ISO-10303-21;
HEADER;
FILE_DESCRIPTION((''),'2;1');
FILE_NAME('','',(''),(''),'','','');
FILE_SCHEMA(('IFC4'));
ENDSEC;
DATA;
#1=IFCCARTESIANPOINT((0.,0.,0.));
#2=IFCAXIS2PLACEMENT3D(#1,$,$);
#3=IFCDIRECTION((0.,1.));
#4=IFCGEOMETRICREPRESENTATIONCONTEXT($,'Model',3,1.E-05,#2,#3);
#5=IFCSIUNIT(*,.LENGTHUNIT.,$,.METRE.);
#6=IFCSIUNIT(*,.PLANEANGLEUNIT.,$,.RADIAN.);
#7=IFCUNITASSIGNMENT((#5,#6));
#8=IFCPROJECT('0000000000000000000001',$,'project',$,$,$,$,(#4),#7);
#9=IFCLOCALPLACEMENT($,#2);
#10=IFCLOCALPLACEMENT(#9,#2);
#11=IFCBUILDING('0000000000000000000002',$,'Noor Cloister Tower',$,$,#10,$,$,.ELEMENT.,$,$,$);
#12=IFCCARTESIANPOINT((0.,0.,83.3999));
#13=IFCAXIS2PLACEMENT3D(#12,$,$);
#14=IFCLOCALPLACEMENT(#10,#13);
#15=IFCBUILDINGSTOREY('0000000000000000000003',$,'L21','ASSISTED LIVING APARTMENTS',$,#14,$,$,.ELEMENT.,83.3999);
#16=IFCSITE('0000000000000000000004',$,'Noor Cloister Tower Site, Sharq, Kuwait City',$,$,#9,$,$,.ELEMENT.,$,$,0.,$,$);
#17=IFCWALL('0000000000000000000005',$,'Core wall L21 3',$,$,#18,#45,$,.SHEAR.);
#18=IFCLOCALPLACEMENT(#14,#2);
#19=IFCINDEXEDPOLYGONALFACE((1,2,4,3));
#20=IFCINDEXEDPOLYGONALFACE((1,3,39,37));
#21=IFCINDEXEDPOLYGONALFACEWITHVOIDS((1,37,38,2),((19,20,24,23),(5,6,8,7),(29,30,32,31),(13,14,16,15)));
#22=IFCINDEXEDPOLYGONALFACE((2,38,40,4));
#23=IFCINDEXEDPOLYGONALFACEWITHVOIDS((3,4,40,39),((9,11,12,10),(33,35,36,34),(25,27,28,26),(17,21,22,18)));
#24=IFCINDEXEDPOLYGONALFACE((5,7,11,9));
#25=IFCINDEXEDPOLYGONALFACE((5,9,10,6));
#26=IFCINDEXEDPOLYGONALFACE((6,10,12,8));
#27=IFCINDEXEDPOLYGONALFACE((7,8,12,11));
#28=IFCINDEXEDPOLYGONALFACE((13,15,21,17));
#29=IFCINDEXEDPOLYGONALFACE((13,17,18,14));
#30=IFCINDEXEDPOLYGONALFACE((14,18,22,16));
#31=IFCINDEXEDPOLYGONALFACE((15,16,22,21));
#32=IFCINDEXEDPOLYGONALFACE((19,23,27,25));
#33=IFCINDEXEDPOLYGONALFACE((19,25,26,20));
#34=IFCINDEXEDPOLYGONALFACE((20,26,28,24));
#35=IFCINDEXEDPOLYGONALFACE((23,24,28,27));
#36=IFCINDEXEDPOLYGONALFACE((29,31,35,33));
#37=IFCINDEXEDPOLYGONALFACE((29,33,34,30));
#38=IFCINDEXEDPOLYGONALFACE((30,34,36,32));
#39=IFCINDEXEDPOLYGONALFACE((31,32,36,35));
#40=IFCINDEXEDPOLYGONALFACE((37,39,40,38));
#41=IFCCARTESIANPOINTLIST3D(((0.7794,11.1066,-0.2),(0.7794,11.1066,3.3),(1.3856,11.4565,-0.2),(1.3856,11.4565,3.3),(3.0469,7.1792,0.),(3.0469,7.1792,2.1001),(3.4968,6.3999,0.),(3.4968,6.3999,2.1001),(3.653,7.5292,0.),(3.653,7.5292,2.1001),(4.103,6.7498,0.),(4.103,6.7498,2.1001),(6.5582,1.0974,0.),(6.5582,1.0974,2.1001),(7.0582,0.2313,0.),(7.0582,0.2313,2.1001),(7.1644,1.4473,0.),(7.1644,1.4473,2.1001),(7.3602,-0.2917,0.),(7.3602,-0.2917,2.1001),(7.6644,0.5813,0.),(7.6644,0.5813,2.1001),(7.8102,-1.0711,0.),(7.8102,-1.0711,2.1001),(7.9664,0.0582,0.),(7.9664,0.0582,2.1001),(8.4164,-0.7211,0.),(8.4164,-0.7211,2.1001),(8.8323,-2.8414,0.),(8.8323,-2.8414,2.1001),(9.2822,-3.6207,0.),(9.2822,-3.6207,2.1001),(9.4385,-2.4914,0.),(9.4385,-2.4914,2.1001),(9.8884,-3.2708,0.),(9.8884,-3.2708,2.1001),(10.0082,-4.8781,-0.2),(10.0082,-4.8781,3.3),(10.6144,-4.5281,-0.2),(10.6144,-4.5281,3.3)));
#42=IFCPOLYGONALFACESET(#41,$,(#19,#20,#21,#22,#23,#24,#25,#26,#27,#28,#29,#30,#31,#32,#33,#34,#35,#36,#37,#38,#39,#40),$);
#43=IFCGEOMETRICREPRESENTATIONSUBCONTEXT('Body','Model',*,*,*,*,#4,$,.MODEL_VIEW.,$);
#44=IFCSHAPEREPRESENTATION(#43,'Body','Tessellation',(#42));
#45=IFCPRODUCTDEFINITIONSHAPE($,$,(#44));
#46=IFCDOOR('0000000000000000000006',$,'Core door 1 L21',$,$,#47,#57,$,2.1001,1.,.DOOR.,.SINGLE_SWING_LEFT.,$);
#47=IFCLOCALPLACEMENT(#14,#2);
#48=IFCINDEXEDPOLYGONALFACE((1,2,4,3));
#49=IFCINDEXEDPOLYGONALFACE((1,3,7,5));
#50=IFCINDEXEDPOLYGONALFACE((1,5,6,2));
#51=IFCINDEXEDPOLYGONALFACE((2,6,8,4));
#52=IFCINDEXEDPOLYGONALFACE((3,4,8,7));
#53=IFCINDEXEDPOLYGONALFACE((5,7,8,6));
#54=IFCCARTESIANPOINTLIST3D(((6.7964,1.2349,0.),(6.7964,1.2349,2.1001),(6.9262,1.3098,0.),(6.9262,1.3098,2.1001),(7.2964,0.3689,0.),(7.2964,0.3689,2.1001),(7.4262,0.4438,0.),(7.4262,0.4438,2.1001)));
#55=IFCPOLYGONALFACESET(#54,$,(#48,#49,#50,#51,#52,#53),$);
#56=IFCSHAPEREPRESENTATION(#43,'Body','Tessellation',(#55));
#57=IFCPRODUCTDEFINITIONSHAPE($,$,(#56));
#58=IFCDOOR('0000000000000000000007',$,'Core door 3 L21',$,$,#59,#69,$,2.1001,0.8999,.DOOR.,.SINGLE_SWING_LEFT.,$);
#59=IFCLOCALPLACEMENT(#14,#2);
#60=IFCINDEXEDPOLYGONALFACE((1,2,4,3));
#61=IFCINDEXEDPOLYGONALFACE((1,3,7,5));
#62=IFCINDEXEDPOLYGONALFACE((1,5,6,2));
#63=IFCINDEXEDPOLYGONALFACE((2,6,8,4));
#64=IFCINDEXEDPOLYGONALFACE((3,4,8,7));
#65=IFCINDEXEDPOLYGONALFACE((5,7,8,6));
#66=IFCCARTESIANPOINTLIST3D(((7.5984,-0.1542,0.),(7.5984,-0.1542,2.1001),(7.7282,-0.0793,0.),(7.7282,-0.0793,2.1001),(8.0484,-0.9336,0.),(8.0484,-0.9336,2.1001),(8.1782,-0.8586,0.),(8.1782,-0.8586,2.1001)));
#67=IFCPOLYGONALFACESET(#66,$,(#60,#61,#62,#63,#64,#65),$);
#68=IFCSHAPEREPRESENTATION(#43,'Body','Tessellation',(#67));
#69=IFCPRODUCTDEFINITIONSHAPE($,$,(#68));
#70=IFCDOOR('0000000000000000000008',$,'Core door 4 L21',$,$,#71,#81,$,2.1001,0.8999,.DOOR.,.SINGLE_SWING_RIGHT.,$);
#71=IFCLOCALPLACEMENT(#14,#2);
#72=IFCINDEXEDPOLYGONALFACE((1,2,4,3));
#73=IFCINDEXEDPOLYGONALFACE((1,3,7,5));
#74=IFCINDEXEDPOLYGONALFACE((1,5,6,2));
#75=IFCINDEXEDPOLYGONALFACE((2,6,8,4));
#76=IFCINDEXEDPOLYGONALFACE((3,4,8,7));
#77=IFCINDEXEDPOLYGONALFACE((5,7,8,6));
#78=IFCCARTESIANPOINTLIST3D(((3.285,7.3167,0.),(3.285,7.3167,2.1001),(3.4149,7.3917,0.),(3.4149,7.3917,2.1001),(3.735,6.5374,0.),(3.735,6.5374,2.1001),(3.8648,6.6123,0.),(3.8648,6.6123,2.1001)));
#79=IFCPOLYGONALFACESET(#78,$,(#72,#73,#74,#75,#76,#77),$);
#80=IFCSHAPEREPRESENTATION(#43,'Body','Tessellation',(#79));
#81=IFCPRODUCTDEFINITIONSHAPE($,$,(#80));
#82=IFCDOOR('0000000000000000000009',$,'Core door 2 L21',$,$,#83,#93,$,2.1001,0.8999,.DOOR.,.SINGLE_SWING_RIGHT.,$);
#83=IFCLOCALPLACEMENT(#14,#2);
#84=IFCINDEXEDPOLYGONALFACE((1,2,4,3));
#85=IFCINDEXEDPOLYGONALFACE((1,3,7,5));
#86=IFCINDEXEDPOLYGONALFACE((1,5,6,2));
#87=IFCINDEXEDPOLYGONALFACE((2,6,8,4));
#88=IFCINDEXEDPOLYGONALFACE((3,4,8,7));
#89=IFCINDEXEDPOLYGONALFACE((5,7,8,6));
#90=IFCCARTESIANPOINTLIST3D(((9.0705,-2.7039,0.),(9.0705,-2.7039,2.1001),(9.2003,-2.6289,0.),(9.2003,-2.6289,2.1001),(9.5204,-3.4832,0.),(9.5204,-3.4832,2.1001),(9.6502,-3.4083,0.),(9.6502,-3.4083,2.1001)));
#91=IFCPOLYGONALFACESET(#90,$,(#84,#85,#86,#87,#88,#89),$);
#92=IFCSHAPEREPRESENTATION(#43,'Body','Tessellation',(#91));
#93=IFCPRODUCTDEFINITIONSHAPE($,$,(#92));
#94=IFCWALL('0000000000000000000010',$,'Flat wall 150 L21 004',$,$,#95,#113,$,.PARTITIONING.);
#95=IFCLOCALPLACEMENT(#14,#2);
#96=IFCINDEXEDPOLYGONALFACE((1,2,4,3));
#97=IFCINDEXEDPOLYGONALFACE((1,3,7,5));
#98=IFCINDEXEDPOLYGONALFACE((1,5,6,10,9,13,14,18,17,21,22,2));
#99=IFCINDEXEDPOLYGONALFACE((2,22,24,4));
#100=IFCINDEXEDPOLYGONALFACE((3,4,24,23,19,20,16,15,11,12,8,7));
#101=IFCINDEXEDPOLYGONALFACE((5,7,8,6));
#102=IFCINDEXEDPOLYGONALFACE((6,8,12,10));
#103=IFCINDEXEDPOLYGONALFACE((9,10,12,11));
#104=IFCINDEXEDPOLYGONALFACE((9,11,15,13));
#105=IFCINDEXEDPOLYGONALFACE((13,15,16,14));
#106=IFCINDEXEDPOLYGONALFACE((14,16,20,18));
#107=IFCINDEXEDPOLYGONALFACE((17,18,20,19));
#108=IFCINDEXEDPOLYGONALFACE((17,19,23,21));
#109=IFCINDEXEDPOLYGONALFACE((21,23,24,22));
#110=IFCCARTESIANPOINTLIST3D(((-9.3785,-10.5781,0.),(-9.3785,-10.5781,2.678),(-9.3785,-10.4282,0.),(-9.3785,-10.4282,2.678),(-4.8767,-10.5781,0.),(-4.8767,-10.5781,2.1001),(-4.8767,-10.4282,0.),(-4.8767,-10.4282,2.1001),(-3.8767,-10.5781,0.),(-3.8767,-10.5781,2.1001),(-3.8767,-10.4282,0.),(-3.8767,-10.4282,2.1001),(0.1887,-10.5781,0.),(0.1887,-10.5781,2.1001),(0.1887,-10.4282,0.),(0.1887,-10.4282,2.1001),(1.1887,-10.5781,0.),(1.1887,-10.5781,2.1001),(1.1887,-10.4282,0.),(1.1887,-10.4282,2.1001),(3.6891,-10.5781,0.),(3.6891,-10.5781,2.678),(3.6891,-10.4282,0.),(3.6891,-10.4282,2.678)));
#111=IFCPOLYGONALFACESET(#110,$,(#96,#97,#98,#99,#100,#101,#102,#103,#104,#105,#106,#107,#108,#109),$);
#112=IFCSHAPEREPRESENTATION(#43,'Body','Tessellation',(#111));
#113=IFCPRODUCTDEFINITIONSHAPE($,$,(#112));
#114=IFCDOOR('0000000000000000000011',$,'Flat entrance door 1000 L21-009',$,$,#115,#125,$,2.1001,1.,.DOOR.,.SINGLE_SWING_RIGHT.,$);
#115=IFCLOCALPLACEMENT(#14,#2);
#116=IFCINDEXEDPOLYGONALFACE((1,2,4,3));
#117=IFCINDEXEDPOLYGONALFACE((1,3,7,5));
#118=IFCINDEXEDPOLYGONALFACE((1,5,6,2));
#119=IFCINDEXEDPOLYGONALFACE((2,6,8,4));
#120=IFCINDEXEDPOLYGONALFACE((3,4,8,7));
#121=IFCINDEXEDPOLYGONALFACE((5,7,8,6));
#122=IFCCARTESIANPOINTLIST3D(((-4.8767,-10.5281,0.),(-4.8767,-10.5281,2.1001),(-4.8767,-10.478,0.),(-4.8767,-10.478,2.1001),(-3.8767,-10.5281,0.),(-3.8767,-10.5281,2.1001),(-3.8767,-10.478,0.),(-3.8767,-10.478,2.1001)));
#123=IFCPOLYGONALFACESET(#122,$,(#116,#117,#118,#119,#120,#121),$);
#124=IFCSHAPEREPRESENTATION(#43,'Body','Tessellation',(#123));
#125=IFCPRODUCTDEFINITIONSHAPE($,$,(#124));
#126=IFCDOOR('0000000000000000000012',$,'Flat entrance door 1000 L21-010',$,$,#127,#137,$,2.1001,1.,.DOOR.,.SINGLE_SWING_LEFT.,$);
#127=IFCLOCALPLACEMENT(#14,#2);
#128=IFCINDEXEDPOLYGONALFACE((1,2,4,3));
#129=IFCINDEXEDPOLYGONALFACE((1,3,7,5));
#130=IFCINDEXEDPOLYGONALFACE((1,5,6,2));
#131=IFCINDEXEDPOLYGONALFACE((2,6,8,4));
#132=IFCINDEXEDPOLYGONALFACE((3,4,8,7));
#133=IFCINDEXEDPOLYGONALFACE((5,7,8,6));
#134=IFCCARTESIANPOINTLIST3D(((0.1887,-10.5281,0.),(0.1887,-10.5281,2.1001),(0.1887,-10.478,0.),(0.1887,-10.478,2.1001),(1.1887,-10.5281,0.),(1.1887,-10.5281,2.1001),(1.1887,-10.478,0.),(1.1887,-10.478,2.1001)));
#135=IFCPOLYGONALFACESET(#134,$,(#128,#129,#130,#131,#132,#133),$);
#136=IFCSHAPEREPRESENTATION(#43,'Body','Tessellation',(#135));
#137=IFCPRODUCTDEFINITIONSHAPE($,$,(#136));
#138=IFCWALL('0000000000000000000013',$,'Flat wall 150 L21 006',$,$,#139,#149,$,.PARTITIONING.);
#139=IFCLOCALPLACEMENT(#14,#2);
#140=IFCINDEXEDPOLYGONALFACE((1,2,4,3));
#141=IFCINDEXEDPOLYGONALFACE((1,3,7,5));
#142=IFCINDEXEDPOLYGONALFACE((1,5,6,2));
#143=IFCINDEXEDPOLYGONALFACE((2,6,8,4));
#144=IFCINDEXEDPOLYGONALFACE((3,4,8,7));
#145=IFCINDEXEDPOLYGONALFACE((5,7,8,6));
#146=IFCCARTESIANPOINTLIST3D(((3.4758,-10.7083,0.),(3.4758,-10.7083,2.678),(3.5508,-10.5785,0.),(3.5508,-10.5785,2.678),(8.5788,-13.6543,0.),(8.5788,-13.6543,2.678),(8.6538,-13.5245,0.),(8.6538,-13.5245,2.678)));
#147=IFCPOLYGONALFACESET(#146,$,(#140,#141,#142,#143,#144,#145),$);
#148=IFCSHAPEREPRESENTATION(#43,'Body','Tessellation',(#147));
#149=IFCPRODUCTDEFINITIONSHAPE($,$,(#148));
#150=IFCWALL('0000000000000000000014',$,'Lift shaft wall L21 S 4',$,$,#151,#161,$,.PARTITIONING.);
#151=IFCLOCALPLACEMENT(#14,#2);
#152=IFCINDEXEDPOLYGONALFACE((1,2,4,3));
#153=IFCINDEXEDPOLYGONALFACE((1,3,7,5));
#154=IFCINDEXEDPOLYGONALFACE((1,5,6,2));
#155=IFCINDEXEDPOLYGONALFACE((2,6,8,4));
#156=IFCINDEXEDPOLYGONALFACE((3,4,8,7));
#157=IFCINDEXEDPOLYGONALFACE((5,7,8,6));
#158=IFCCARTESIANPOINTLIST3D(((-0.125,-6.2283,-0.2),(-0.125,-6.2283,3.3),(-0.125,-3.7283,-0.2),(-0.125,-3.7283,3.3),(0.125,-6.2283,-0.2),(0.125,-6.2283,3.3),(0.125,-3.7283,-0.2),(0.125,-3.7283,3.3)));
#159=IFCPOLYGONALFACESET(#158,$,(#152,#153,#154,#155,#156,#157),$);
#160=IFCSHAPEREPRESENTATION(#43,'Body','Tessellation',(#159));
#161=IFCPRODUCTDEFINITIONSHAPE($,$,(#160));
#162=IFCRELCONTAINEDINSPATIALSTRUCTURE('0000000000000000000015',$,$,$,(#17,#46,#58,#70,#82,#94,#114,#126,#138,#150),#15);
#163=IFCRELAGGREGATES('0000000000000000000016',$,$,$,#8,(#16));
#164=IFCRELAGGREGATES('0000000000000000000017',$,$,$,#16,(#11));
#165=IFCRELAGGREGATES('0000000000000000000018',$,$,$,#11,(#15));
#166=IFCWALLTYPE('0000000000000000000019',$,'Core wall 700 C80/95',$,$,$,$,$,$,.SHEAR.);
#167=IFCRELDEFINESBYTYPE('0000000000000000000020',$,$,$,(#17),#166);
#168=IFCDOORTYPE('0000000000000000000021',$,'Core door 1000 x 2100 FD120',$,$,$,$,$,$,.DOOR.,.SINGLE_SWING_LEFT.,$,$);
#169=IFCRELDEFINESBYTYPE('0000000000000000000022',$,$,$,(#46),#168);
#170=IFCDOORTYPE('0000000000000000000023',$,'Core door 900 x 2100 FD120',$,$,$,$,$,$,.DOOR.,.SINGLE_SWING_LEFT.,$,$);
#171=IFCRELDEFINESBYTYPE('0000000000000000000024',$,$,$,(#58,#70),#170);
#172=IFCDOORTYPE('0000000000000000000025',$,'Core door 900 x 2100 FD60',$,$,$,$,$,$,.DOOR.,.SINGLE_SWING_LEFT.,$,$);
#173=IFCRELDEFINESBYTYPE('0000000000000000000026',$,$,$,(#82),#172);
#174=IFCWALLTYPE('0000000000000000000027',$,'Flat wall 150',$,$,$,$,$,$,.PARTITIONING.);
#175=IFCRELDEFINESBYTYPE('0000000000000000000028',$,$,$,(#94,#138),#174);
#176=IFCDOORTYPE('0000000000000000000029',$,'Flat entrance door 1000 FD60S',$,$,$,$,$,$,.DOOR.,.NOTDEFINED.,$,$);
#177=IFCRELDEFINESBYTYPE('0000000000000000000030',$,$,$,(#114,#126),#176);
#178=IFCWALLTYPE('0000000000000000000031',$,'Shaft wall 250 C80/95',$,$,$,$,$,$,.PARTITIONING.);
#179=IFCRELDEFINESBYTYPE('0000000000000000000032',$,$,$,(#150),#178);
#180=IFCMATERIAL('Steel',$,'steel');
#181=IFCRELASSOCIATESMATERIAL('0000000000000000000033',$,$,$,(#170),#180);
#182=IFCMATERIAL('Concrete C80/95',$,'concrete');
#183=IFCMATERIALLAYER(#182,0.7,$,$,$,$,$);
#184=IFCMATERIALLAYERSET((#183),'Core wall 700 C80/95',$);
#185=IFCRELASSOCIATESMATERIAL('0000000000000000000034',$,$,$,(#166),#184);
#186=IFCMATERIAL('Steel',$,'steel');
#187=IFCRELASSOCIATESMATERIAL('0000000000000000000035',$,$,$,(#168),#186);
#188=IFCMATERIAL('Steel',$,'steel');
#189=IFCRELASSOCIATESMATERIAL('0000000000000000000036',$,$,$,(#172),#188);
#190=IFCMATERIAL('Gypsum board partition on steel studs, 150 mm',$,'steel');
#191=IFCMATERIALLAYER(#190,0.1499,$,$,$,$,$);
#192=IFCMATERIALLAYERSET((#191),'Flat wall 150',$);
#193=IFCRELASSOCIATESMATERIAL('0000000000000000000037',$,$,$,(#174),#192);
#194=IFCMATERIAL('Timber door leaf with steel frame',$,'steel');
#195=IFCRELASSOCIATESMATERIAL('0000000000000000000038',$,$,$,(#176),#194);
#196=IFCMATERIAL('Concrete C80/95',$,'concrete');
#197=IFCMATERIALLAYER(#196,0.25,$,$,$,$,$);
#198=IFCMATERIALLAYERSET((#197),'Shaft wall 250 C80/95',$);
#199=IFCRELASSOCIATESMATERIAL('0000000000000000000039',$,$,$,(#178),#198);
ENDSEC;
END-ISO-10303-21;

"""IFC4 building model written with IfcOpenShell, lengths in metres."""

from ifc_helpers import new_model, si_unit, direction, frame, frame_2d, origin, place, context, subcontext, project, spatial, rectangle, extrude, material, layer, layer_set, type_object, element, fill, save


model = new_model("IFC4")

# Units and contexts
model_context = context("Model", 3, precision=1e-05, world=origin(), true_north=direction((0.0, 1.0)))
body_context = subcontext(model_context, "Body", "Model", "MODEL_VIEW")
ifc_project = project(units=[si_unit("LENGTHUNIT", "METRE"), si_unit("PLANEANGLEUNIT", "RADIAN")], contexts=[model_context])

# Site, building, storey
site_placement = place(None, origin())
site = spatial("IfcSite", under=ifc_project, at=site_placement, Name="Noor Cloister Tower Site, Sharq, Kuwait City", CompositionType="ELEMENT", RefElevation=0.0)
building_placement = place(site_placement, origin())
building = spatial("IfcBuilding", under=site, at=building_placement, Name="Noor Cloister Tower", CompositionType="ELEMENT")
storey_placement = place(building_placement, frame((0.0, 0.0, 83.3999)))
storey = spatial("IfcBuildingStorey", under=building, at=storey_placement, Name="L21", Description="ASSISTED LIVING APARTMENTS", CompositionType="ELEMENT", Elevation=83.3999)

# Shared definitions
ifc_material_1 = material(Name="Steel", Category="steel")
door_type_1 = type_object("IfcDoorType", Name="Core door 900 x 2100 FD120", OperationType="SINGLE_SWING_LEFT", PredefinedType="DOOR", material=ifc_material_1)

# Shared definitions
ifc_material_2 = material(Name="Concrete C80/95", Category="concrete")
ifc_layer_1 = layer(ifc_material_2, 0.7)
ifc_layer_set_1 = layer_set([ifc_layer_1], Name="Core wall 700 C80/95")
wall_type_1 = type_object("IfcWallType", Name="Core wall 700 C80/95", PredefinedType="SHEAR", material=ifc_layer_set_1)

# Walls, openings, doors
wall_1_placement = place(storey_placement, frame((10.3113, -4.7031, -0.2), z_axis=(0.0, 0.0, 1.0), x_axis=(-0.500001, 0.866025, 0.0)))
wall_1 = element("IfcWall", 1, at=wall_1_placement, inside=storey, type_object=wall_type_1, Name="Core wall L21 3", PredefinedType="SHEAR", context=body_context, shape_type="SweptSolid", body=[
    extrude(rectangle(XDim=18.4575, YDim=0.7, at=frame_2d((9.2288, 0.0))), origin(), (0.0, 0.0, 1.0), 3.5),
])
opening_1_placement = place(wall_1_placement, frame((5.8999, 0.0, 0.2)))
opening_1 = element("IfcOpeningElement", 2, at=opening_1_placement, cuts=wall_1, PredefinedType="OPENING", context=body_context, shape_type="SweptSolid", body=[
    extrude(rectangle(XDim=1.0, YDim=2.1001, at=frame_2d((0.5, 1.05))), frame((0.0, 0.3599, 0.0), z_axis=(0.0, -1.0, 0.0), x_axis=(1.0, 0.0, 0.0)), (0.0, 0.0, 1.0), 0.72),
])
opening_2_placement = place(wall_1_placement, frame((1.4519, 0.0, 0.2)))
opening_2 = element("IfcOpeningElement", 3, at=opening_2_placement, cuts=wall_1, PredefinedType="OPENING", context=body_context, shape_type="SweptSolid", body=[
    extrude(rectangle(XDim=0.8999, YDim=2.1001, at=frame_2d((0.45, 1.05))), frame((0.0, 0.3599, 0.0), z_axis=(0.0, -1.0, 0.0), x_axis=(1.0, 0.0, 0.0)), (0.0, 0.0, 1.0), 0.72),
])
opening_3_placement = place(wall_1_placement, frame((4.396, 0.0, 0.2)))
opening_3 = element("IfcOpeningElement", 4, at=opening_3_placement, cuts=wall_1, PredefinedType="OPENING", context=body_context, shape_type="SweptSolid", body=[
    extrude(rectangle(XDim=0.8999, YDim=2.1001, at=frame_2d((0.45, 1.05))), frame((0.0, 0.3599, 0.0), z_axis=(0.0, -1.0, 0.0), x_axis=(1.0, 0.0, 0.0)), (0.0, 0.0, 1.0), 0.72),
])
opening_4_placement = place(wall_1_placement, frame((13.0227, 0.0, 0.2)))
opening_4 = element("IfcOpeningElement", 5, at=opening_4_placement, cuts=wall_1, PredefinedType="OPENING", context=body_context, shape_type="SweptSolid", body=[
    extrude(rectangle(XDim=0.8999, YDim=2.1001, at=frame_2d((0.45, 1.05))), frame((0.0, 0.3599, 0.0), z_axis=(0.0, -1.0, 0.0), x_axis=(1.0, 0.0, 0.0)), (0.0, 0.0, 1.0), 0.72),
])
ifc_material_3 = material(Name="Steel", Category="steel")
door_type_2 = type_object("IfcDoorType", Name="Core door 1000 x 2100 FD120", OperationType="SINGLE_SWING_LEFT", PredefinedType="DOOR", material=ifc_material_3)
door_1_placement = place(opening_1_placement, origin())
door_1 = element("IfcDoor", 6, at=door_1_placement, inside=storey, type_object=door_type_2, Name="Core door 1 L21", OperationType="SINGLE_SWING_LEFT", OverallHeight=2.1001, OverallWidth=1.0, PredefinedType="DOOR", context=body_context, shape_type="SweptSolid", body=[
    extrude(rectangle(XDim=1.0, YDim=2.1001, at=frame_2d((0.5, 1.05))), frame((0.0, 0.075, 0.0), z_axis=(0.0, -1.0, 0.0), x_axis=(1.0, 0.0, 0.0)), (0.0, 0.0, 1.0), 0.1499),
])
fill(opening_1, door_1)
door_2_placement = place(opening_3_placement, origin())
door_2 = element("IfcDoor", 7, at=door_2_placement, inside=storey, type_object=door_type_1, Name="Core door 3 L21", OperationType="SINGLE_SWING_LEFT", OverallHeight=2.1001, OverallWidth=0.8999, PredefinedType="DOOR", context=body_context, shape_type="SweptSolid", body=[
    extrude(rectangle(XDim=0.8999, YDim=2.1001, at=frame_2d((0.45, 1.05))), frame((0.0, 0.075, 0.0), z_axis=(0.0, -1.0, 0.0), x_axis=(1.0, 0.0, 0.0)), (0.0, 0.0, 1.0), 0.1499),
])
fill(opening_3, door_2)
door_3_placement = place(opening_4_placement, origin())
door_3 = element("IfcDoor", 8, at=door_3_placement, inside=storey, type_object=door_type_1, Name="Core door 4 L21", OperationType="SINGLE_SWING_RIGHT", OverallHeight=2.1001, OverallWidth=0.8999, PredefinedType="DOOR", context=body_context, shape_type="SweptSolid", body=[
    extrude(rectangle(XDim=0.8999, YDim=2.1001, at=frame_2d((0.45, 1.05))), frame((0.0, 0.075, 0.0), z_axis=(0.0, -1.0, 0.0), x_axis=(1.0, 0.0, 0.0)), (0.0, 0.0, 1.0), 0.1499),
])
fill(opening_4, door_3)
ifc_material_4 = material(Name="Steel", Category="steel")
door_type_3 = type_object("IfcDoorType", Name="Core door 900 x 2100 FD60", OperationType="SINGLE_SWING_LEFT", PredefinedType="DOOR", material=ifc_material_4)
door_4_placement = place(opening_2_placement, origin())
door_4 = element("IfcDoor", 9, at=door_4_placement, inside=storey, type_object=door_type_3, Name="Core door 2 L21", OperationType="SINGLE_SWING_RIGHT", OverallHeight=2.1001, OverallWidth=0.8999, PredefinedType="DOOR", context=body_context, shape_type="SweptSolid", body=[
    extrude(rectangle(XDim=0.8999, YDim=2.1001, at=frame_2d((0.45, 1.05))), frame((0.0, 0.075, 0.0), z_axis=(0.0, -1.0, 0.0), x_axis=(1.0, 0.0, 0.0)), (0.0, 0.0, 1.0), 0.1499),
])
fill(opening_2, door_4)
ifc_material_5 = material(Name="Gypsum board partition on steel studs, 150 mm", Category="steel")
ifc_layer_2 = layer(ifc_material_5, 0.1499)
ifc_layer_set_2 = layer_set([ifc_layer_2], Name="Flat wall 150")
wall_type_2 = type_object("IfcWallType", Name="Flat wall 150", PredefinedType="PARTITIONING", material=ifc_layer_set_2)
wall_2_placement = place(storey_placement, frame((3.689, -10.5032, 0.0), z_axis=(0.0, 0.0, 1.0), x_axis=(-1.0, 0.0, 0.0)))
wall_2 = element("IfcWall", 10, at=wall_2_placement, inside=storey, type_object=wall_type_2, Name="Flat wall 150 L21 004", PredefinedType="PARTITIONING", context=body_context, shape_type="SweptSolid", body=[
    extrude(rectangle(XDim=13.0676, YDim=0.1499, at=frame_2d((6.5337, 0.0))), origin(), (0.0, 0.0, 1.0), 2.678),
])
opening_5_placement = place(wall_2_placement, frame((7.5657, 0.0, 0.0)))
opening_5 = element("IfcOpeningElement", 11, at=opening_5_placement, cuts=wall_2, PredefinedType="OPENING", context=body_context, shape_type="SweptSolid", body=[
    extrude(rectangle(XDim=1.0, YDim=2.1001, at=frame_2d((0.5, 1.05))), frame((0.0, 0.085, 0.0), z_axis=(0.0, -1.0, 0.0), x_axis=(1.0, 0.0, 0.0)), (0.0, 0.0, 1.0), 0.1699),
])
opening_6_placement = place(wall_2_placement, frame((2.5002, 0.0, 0.0)))
opening_6 = element("IfcOpeningElement", 12, at=opening_6_placement, cuts=wall_2, PredefinedType="OPENING", context=body_context, shape_type="SweptSolid", body=[
    extrude(rectangle(XDim=1.0, YDim=2.1001, at=frame_2d((0.5, 1.05))), frame((0.0, 0.085, 0.0), z_axis=(0.0, -1.0, 0.0), x_axis=(1.0, 0.0, 0.0)), (0.0, 0.0, 1.0), 0.1699),
])
ifc_material_6 = material(Name="Timber door leaf with steel frame", Category="steel")
door_type_4 = type_object("IfcDoorType", Name="Flat entrance door 1000 FD60S", OperationType="NOTDEFINED", PredefinedType="DOOR", material=ifc_material_6)
door_5_placement = place(opening_5_placement, origin())
door_5 = element("IfcDoor", 13, at=door_5_placement, inside=storey, type_object=door_type_4, Name="Flat entrance door 1000 L21-009", OperationType="SINGLE_SWING_RIGHT", OverallHeight=2.1001, OverallWidth=1.0, PredefinedType="DOOR", context=body_context, shape_type="SweptSolid", body=[
    extrude(rectangle(XDim=1.0, YDim=2.1001, at=frame_2d((0.5, 1.05))), frame((0.0, 0.0249, 0.0), z_axis=(0.0, -1.0, 0.0), x_axis=(1.0, 0.0, 0.0)), (0.0, 0.0, 1.0), 0.05),
])
fill(opening_5, door_5)
door_6_placement = place(opening_6_placement, origin())
door_6 = element("IfcDoor", 14, at=door_6_placement, inside=storey, type_object=door_type_4, Name="Flat entrance door 1000 L21-010", OperationType="SINGLE_SWING_LEFT", OverallHeight=2.1001, OverallWidth=1.0, PredefinedType="DOOR", context=body_context, shape_type="SweptSolid", body=[
    extrude(rectangle(XDim=1.0, YDim=2.1001, at=frame_2d((0.5, 1.05))), frame((0.0, 0.0249, 0.0), z_axis=(0.0, -1.0, 0.0), x_axis=(1.0, 0.0, 0.0)), (0.0, 0.0, 1.0), 0.05),
])
fill(opening_6, door_6)

# Walls
wall_3_placement = place(storey_placement, frame((3.5132, -10.6433, 0.0), z_axis=(0.0, 0.0, 1.0), x_axis=(0.866039, -0.499976, 0.0)))
element("IfcWall", 15, at=wall_3_placement, inside=storey, type_object=wall_type_2, Name="Flat wall 150 L21 006", PredefinedType="PARTITIONING", context=body_context, shape_type="SweptSolid", body=[
    extrude(rectangle(XDim=5.8923, YDim=0.1499, at=frame_2d((2.9463, 0.0))), origin(), (0.0, 0.0, 1.0), 2.678),
])
ifc_material_7 = material(Name="Concrete C80/95", Category="concrete")
ifc_layer_3 = layer(ifc_material_7, 0.25)
ifc_layer_set_3 = layer_set([ifc_layer_3], Name="Shaft wall 250 C80/95")
wall_type_3 = type_object("IfcWallType", Name="Shaft wall 250 C80/95", PredefinedType="PARTITIONING", material=ifc_layer_set_3)
for number, where, z_axis, x_axis, name in (
    (16, (0.0, -6.2283, -0.2), (0.0, 0.0, 1.0), (0.0, 1.0, 0.0), "Lift shaft wall L21 S 4"),
):
    element("IfcWall", number, at=place(storey_placement, frame(where, z_axis=z_axis, x_axis=x_axis)), inside=storey, type_object=wall_type_3, Name=name, PredefinedType="PARTITIONING", context=body_context, shape_type="SweptSolid", body=[
        extrude(rectangle(XDim=2.5, YDim=0.25, at=frame_2d((1.25, 0.0))), origin(), (0.0, 0.0, 1.0), 3.5),
    ])

save(model, "model.ifc")
